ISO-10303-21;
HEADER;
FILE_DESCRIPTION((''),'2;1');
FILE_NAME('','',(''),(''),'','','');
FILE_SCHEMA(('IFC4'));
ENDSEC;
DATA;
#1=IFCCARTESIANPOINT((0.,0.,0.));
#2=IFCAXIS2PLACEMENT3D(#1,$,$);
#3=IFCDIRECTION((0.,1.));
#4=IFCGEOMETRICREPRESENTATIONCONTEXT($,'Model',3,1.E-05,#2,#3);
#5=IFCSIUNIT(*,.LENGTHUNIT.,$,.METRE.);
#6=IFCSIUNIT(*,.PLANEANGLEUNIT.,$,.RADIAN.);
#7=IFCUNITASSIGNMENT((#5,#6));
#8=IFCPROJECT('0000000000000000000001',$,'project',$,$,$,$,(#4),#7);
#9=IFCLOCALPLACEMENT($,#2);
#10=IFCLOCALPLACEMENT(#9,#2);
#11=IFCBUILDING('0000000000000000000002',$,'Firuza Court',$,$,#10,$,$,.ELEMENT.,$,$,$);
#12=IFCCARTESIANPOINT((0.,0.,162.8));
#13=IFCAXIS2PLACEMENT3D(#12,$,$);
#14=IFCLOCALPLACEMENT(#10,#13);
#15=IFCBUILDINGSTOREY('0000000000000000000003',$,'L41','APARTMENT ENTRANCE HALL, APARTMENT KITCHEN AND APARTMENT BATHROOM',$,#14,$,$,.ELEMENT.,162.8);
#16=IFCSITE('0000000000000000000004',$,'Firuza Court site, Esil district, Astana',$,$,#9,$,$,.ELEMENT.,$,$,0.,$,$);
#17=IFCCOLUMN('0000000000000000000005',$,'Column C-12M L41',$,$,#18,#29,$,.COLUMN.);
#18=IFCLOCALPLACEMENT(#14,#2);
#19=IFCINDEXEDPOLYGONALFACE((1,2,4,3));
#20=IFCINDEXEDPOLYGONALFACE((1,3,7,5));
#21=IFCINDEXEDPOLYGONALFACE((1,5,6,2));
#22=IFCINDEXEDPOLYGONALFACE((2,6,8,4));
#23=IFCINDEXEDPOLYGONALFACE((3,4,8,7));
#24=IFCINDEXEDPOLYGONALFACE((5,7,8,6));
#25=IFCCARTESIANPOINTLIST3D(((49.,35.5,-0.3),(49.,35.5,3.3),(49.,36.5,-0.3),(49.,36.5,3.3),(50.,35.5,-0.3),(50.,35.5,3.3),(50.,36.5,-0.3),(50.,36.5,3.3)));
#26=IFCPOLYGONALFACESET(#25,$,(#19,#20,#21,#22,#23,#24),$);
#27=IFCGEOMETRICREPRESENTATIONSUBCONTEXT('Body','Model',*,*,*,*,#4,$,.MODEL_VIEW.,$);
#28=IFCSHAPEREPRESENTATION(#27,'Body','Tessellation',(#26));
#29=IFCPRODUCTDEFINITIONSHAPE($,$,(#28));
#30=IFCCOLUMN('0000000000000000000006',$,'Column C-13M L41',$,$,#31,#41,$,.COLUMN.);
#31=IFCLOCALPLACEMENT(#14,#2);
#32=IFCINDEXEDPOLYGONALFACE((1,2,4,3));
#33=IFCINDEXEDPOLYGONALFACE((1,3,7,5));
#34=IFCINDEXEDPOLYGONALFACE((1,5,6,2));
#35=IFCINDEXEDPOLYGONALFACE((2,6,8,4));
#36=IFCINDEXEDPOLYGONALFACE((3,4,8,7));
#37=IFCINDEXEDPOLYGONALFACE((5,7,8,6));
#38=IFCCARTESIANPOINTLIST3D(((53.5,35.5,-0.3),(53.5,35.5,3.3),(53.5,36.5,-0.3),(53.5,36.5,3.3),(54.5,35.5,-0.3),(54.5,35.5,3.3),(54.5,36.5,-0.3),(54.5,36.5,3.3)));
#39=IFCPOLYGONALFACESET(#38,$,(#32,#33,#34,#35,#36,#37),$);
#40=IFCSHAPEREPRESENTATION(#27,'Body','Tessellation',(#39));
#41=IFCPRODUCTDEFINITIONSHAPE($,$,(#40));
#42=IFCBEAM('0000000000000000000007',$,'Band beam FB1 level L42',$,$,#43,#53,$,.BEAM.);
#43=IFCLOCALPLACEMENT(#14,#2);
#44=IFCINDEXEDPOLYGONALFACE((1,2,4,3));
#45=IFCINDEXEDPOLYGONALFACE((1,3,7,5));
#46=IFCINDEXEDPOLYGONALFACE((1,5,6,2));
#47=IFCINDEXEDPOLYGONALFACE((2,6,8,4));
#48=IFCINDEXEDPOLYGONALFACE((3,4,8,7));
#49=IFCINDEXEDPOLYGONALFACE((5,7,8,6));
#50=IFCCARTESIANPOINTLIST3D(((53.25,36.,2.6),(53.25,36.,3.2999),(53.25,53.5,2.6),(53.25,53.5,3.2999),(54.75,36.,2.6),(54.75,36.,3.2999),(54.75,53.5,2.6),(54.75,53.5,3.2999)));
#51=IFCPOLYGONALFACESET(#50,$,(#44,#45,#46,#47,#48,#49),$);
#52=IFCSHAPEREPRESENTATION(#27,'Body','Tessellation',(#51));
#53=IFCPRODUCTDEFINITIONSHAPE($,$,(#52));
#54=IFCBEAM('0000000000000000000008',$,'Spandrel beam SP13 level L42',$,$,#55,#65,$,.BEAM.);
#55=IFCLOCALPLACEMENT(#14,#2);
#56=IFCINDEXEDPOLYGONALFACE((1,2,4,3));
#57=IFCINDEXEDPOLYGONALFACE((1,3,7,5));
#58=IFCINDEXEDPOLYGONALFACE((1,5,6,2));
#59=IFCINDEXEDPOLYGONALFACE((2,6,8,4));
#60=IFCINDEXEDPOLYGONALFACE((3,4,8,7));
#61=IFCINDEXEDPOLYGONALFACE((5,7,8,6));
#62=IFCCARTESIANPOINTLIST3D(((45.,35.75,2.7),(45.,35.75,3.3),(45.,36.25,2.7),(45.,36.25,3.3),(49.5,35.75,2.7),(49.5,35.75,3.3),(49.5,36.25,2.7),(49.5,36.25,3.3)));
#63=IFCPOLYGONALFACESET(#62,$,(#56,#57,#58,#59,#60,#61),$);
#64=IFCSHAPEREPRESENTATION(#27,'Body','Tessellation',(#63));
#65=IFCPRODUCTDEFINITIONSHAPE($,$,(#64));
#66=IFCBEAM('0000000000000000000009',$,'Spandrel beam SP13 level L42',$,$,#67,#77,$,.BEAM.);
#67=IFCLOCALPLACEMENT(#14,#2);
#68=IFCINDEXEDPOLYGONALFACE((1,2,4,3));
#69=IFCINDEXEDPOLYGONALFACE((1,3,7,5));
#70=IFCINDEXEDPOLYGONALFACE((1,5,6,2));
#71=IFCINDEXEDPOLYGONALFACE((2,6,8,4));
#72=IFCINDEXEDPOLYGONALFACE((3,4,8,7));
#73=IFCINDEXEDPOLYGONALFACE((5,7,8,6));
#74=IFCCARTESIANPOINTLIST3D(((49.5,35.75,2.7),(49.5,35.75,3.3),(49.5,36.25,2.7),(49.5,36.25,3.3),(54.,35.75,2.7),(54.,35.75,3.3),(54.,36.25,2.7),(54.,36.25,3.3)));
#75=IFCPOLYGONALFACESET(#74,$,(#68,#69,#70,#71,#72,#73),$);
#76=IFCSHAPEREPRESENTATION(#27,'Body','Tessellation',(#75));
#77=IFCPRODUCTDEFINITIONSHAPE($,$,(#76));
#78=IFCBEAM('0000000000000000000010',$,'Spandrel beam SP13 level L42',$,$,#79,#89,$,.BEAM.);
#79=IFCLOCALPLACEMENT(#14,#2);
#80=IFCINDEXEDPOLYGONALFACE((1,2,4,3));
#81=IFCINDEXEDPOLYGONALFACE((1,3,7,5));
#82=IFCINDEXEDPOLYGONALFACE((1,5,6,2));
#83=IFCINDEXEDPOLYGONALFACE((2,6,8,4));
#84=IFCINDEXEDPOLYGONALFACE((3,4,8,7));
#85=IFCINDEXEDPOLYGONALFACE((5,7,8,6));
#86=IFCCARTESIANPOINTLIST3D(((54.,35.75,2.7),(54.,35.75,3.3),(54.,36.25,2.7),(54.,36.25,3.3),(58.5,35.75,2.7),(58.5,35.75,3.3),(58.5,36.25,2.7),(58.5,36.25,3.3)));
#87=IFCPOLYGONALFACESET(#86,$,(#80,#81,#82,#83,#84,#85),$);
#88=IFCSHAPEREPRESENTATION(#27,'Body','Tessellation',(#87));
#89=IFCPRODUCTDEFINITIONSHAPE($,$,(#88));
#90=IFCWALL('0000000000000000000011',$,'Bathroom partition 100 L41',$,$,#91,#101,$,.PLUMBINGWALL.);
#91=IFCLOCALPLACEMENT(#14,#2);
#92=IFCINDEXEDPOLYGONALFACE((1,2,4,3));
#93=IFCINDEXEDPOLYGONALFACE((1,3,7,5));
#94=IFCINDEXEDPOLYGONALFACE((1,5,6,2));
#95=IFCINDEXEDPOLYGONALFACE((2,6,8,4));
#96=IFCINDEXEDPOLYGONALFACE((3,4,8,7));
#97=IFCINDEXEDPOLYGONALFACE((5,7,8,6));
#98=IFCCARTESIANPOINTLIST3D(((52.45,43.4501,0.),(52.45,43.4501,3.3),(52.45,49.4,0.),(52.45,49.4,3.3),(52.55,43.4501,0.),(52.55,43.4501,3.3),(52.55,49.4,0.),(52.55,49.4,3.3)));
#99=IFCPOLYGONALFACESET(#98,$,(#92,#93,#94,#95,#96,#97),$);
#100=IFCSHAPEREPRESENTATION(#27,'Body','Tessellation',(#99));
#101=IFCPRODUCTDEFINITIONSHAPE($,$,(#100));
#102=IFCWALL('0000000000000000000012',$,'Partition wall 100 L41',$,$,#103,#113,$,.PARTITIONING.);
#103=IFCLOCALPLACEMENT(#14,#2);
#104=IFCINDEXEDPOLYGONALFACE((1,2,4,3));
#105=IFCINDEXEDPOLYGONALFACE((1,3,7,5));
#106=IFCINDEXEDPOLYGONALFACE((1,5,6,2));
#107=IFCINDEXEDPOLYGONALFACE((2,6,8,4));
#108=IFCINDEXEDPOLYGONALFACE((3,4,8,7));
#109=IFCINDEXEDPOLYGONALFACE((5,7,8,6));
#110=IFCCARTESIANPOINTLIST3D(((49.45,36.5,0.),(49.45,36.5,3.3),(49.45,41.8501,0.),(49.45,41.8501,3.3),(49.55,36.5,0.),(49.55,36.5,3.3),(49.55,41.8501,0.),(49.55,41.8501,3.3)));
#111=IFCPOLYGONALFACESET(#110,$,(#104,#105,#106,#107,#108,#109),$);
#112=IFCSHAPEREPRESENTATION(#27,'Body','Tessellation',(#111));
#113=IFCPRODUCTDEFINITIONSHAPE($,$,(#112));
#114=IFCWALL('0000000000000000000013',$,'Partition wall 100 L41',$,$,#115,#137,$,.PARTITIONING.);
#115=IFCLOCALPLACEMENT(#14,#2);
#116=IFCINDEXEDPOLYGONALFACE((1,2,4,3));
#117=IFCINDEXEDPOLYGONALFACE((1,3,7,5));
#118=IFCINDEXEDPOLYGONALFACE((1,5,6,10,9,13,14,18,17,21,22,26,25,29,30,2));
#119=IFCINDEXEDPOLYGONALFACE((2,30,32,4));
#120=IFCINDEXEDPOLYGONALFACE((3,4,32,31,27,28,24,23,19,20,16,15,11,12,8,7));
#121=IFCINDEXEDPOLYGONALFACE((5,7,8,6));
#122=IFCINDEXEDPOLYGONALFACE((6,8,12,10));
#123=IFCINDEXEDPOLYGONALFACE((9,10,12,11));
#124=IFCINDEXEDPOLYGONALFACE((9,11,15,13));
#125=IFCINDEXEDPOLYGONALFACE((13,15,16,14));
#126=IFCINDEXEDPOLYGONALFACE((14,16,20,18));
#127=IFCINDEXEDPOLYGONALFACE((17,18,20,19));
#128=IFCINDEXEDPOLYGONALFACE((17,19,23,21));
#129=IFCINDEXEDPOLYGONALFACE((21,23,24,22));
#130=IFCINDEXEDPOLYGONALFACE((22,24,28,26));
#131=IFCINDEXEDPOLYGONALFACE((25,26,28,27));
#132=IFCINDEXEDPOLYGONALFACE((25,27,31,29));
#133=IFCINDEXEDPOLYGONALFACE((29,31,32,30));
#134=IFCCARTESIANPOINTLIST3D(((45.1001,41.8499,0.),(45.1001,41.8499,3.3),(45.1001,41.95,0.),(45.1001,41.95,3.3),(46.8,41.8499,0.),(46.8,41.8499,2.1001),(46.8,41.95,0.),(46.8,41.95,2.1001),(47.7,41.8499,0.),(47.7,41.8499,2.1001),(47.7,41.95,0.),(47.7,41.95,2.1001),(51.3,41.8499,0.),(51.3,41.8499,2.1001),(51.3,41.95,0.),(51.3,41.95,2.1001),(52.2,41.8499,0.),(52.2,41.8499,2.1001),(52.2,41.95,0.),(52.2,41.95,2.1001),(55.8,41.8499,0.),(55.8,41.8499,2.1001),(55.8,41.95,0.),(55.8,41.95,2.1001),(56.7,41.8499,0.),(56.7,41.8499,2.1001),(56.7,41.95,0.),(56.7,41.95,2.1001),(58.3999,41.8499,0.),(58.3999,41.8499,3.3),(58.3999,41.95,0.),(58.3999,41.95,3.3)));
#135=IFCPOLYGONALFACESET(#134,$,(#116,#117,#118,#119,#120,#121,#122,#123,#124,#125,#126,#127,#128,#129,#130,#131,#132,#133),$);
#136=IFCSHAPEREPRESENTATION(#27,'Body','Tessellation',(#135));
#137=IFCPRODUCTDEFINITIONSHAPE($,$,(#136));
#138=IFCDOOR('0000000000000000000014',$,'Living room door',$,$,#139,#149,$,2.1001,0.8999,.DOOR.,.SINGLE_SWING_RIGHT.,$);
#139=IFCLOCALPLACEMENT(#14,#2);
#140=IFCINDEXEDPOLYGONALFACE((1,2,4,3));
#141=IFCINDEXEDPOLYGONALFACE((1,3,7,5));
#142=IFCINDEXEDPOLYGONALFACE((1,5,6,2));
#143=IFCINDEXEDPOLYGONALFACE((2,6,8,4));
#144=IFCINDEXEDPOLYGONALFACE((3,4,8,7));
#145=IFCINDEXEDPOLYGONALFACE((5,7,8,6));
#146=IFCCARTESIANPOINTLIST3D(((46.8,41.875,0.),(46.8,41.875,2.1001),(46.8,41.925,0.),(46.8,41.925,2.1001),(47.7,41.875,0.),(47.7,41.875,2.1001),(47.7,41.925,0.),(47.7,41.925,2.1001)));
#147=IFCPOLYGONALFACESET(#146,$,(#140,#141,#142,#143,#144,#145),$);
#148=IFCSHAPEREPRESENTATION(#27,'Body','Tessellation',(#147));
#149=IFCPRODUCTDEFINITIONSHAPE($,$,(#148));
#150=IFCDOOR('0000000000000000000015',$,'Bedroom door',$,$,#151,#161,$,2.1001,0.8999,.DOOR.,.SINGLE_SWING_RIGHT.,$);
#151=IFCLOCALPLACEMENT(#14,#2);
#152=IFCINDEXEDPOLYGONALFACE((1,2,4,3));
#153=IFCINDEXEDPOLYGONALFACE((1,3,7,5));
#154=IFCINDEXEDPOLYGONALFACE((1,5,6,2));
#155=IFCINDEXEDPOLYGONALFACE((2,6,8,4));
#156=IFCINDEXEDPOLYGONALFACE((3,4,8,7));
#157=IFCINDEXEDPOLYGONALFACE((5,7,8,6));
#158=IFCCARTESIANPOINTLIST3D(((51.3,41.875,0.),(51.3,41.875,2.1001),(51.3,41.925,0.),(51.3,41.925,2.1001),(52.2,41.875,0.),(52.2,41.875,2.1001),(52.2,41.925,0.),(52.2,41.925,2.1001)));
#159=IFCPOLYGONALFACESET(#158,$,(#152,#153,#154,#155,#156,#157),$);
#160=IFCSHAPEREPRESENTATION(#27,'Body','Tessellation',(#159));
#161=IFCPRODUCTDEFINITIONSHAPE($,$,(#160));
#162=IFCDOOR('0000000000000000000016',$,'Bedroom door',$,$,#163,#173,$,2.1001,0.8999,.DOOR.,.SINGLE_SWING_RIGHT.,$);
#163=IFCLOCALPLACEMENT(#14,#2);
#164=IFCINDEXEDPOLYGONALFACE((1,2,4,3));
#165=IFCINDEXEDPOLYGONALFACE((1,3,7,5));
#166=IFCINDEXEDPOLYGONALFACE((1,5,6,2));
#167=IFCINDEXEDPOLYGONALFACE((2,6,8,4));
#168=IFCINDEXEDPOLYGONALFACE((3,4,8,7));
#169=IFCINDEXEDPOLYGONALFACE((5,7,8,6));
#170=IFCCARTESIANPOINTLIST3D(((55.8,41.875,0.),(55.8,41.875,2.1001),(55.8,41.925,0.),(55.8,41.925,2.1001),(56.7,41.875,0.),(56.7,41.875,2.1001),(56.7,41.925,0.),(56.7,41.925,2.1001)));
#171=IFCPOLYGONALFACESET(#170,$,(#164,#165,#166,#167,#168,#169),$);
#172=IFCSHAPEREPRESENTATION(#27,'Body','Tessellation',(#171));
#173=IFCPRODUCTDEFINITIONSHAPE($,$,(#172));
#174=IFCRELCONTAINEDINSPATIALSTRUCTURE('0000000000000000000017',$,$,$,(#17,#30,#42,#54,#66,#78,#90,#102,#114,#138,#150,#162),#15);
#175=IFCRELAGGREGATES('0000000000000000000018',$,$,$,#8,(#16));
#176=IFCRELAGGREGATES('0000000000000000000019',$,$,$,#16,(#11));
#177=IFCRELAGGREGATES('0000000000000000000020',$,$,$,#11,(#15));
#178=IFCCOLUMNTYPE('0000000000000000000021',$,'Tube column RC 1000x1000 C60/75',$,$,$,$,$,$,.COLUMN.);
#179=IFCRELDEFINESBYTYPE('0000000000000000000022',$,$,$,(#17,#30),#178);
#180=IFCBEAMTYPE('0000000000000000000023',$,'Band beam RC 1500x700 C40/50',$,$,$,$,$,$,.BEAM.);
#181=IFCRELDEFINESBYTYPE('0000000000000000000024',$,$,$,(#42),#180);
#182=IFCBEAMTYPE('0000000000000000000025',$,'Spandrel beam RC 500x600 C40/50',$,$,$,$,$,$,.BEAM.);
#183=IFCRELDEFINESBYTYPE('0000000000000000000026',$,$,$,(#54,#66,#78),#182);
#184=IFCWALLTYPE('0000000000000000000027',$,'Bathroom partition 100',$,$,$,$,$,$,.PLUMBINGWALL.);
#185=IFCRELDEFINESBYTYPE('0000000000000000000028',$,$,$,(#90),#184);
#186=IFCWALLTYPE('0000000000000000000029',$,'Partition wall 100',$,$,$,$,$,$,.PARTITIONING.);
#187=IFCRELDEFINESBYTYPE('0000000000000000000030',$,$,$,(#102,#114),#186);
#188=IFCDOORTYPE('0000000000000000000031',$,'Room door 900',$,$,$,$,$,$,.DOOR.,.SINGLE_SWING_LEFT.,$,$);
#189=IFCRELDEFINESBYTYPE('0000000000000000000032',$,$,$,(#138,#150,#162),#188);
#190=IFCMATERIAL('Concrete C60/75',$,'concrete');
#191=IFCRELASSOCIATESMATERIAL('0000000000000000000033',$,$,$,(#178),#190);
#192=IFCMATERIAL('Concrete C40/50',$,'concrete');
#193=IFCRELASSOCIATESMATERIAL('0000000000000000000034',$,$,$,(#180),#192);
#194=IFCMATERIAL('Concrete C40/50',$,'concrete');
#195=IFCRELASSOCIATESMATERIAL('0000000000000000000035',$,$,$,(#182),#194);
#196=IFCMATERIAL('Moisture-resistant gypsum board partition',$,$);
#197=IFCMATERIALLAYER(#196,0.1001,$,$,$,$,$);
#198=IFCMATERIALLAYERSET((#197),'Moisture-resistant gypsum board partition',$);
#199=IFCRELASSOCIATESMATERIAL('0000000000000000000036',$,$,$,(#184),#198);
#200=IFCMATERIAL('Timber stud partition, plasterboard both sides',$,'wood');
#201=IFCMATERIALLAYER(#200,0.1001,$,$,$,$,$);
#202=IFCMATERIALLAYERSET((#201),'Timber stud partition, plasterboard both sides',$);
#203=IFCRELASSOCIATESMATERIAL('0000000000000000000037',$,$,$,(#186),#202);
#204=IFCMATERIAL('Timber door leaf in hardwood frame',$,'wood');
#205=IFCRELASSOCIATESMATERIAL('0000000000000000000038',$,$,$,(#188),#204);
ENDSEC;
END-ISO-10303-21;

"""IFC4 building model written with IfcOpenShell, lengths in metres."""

from ifc_helpers import new_model, si_unit, direction, frame, frame_2d, origin, origin_2d, place, context, subcontext, project, spatial, rectangle, extrude, material, layer, layer_set, material_profile, profile_set, type_object, element, fill, save


model = new_model("IFC4")

# Units and contexts
model_context = context("Model", 3, precision=1e-05, world=origin(), true_north=direction((0.0, 1.0)))
body_context = subcontext(model_context, "Body", "Model", "MODEL_VIEW")
ifc_project = project(units=[si_unit("LENGTHUNIT", "METRE"), si_unit("PLANEANGLEUNIT", "RADIAN")], contexts=[model_context])

# Site, building, storey
site_placement = place(None, origin())
site = spatial("IfcSite", under=ifc_project, at=site_placement, Name="Firuza Court site, Esil district, Astana", CompositionType="ELEMENT", RefElevation=0.0)
building_placement = place(site_placement, origin())
building = spatial("IfcBuilding", under=site, at=building_placement, Name="Firuza Court", CompositionType="ELEMENT")
storey_placement = place(building_placement, frame((0.0, 0.0, 162.8)))
storey = spatial("IfcBuildingStorey", under=building, at=storey_placement, Name="L41", Description="APARTMENT ENTRANCE HALL, APARTMENT KITCHEN AND APARTMENT BATHROOM", CompositionType="ELEMENT", Elevation=162.8)

# Columns
ifc_material_1 = material(Name="Concrete C60/75", Category="concrete")
ifc_material_profile_1 = material_profile(ifc_material_1, rectangle(XDim=1.0, YDim=1.0, at=origin_2d()), Name="RC 1000x1000")
ifc_profile_set_1 = profile_set([ifc_material_profile_1], Name="Concrete C60/75")
column_type = type_object("IfcColumnType", Name="Tube column RC 1000x1000 C60/75", PredefinedType="COLUMN", material=ifc_profile_set_1)
for number, where, z_axis, x_axis, name in (
    (1, (49.5, 36.0, -0.3), (0.0, 0.0, 1.0), (1.0, 0.0, 0.0), "Column C-12M L41"),
    (2, (54.0, 36.0, -0.3), (0.0, 0.0, 1.0), (1.0, 0.0, 0.0), "Column C-13M L41"),
):
    element("IfcColumn", number, at=place(storey_placement, frame(where, z_axis=z_axis, x_axis=x_axis)), inside=storey, type_object=column_type, Name=name, PredefinedType="COLUMN", context=body_context, shape_type="SweptSolid", body=[
        extrude(rectangle(XDim=1.0, YDim=1.0, at=origin_2d()), origin(), (0.0, 0.0, 1.0), 3.6001),
    ])

# Beams
ifc_material_2 = material(Name="Concrete C40/50", Category="concrete")
ifc_material_profile_2 = material_profile(ifc_material_2, rectangle(XDim=1.5, YDim=0.7, at=origin_2d()), Name="RC 1500x700")
ifc_profile_set_2 = profile_set([ifc_material_profile_2], Name="Concrete C40/50")
beam_type_1 = type_object("IfcBeamType", Name="Band beam RC 1500x700 C40/50", PredefinedType="BEAM", material=ifc_profile_set_2)
beam_placement = place(storey_placement, frame((54.0, 36.0, 2.95), z_axis=(0.0, 1.0, 0.0), x_axis=(-1.0, 0.0, 0.0)))
element("IfcBeam", 3, at=beam_placement, inside=storey, type_object=beam_type_1, Name="Band beam FB1 level L42", PredefinedType="BEAM", context=body_context, shape_type="SweptSolid", body=[
    extrude(rectangle(XDim=1.5, YDim=0.7, at=origin_2d()), origin(), (0.0, 0.0, 1.0), 17.5),
])
ifc_material_3 = material(Name="Concrete C40/50", Category="concrete")
ifc_material_profile_3 = material_profile(ifc_material_3, rectangle(XDim=0.5, YDim=0.6001, at=origin_2d()), Name="RC 500x600")
ifc_profile_set_3 = profile_set([ifc_material_profile_3], Name="Concrete C40/50")
beam_type_2 = type_object("IfcBeamType", Name="Spandrel beam RC 500x600 C40/50", PredefinedType="BEAM", material=ifc_profile_set_3)
for number, where, z_axis, x_axis, name in (
    (4, (45.0, 36.0, 3.0), (1.0, 0.0, 0.0), (0.0, 1.0, 0.0), "Spandrel beam SP13 level L42"),
    (5, (49.5, 36.0, 3.0), (1.0, 0.0, 0.0), (0.0, 1.0, 0.0), "Spandrel beam SP13 level L42"),
    (6, (54.0, 36.0, 3.0), (1.0, 0.0, 0.0), (0.0, 1.0, 0.0), "Spandrel beam SP13 level L42"),
):
    element("IfcBeam", number, at=place(storey_placement, frame(where, z_axis=z_axis, x_axis=x_axis)), inside=storey, type_object=beam_type_2, Name=name, PredefinedType="BEAM", context=body_context, shape_type="SweptSolid", body=[
        extrude(rectangle(XDim=0.5, YDim=0.6001, at=origin_2d()), origin(), (0.0, 0.0, 1.0), 4.5),
    ])

# Walls
ifc_material_4 = material(Name="Moisture-resistant gypsum board partition")
ifc_layer_1 = layer(ifc_material_4, 0.1001)
ifc_layer_set_1 = layer_set([ifc_layer_1], Name="Moisture-resistant gypsum board partition")
wall_type_1 = type_object("IfcWallType", Name="Bathroom partition 100", PredefinedType="PLUMBINGWALL", material=ifc_layer_set_1)
wall_1_placement = place(storey_placement, frame((52.5, 43.45, 0.0), z_axis=(0.0, 0.0, 1.0), x_axis=(0.0, 1.0, 0.0)))
element("IfcWall", 7, at=wall_1_placement, inside=storey, type_object=wall_type_1, Name="Bathroom partition 100 L41", PredefinedType="PLUMBINGWALL", context=body_context, shape_type="SweptSolid", body=[
    extrude(rectangle(XDim=5.95, YDim=0.1001, at=frame_2d((2.9751, 0.0))), origin(), (0.0, 0.0, 1.0), 3.3),
])
ifc_material_5 = material(Name="Timber stud partition, plasterboard both sides", Category="wood")
ifc_layer_2 = layer(ifc_material_5, 0.1001)
ifc_layer_set_2 = layer_set([ifc_layer_2], Name="Timber stud partition, plasterboard both sides")
wall_type_2 = type_object("IfcWallType", Name="Partition wall 100", PredefinedType="PARTITIONING", material=ifc_layer_set_2)
wall_2_placement = place(storey_placement, frame((49.5, 36.5, 0.0), z_axis=(0.0, 0.0, 1.0), x_axis=(0.0, 1.0, 0.0)))
element("IfcWall", 8, at=wall_2_placement, inside=storey, type_object=wall_type_2, Name="Partition wall 100 L41", PredefinedType="PARTITIONING", context=body_context, shape_type="SweptSolid", body=[
    extrude(rectangle(XDim=5.3501, YDim=0.1001, at=frame_2d((2.675, 0.0))), origin(), (0.0, 0.0, 1.0), 3.3),
])

# Wall, openings, doors
wall_3_placement = place(storey_placement, frame((45.1001, 41.8999, 0.0), z_axis=(0.0, 0.0, 1.0), x_axis=(1.0, 0.0, 0.0)))
wall_3 = element("IfcWall", 9, at=wall_3_placement, inside=storey, type_object=wall_type_2, Name="Partition wall 100 L41", PredefinedType="PARTITIONING", context=body_context, shape_type="SweptSolid", body=[
    extrude(rectangle(XDim=13.2998, YDim=0.1001, at=frame_2d((6.6499, 0.0))), origin(), (0.0, 0.0, 1.0), 3.3),
])
opening_1_placement = place(wall_3_placement, frame((1.7, 0.0, 0.0)))
opening_1 = element("IfcOpeningElement", 10, at=opening_1_placement, cuts=wall_3, PredefinedType="OPENING", context=body_context, shape_type="SweptSolid", body=[
    extrude(rectangle(XDim=0.8999, YDim=2.1001, at=frame_2d((0.45, 1.05))), frame((0.0, 0.062, 0.0), z_axis=(0.0, -1.0, 0.0), x_axis=(1.0, 0.0, 0.0)), (0.0, 0.0, 1.0), 0.124),
])
opening_2_placement = place(wall_3_placement, frame((6.2, 0.0, 0.0)))
opening_2 = element("IfcOpeningElement", 11, at=opening_2_placement, cuts=wall_3, PredefinedType="OPENING", context=body_context, shape_type="SweptSolid", body=[
    extrude(rectangle(XDim=0.8999, YDim=2.1001, at=frame_2d((0.45, 1.05))), frame((0.0, 0.062, 0.0), z_axis=(0.0, -1.0, 0.0), x_axis=(1.0, 0.0, 0.0)), (0.0, 0.0, 1.0), 0.124),
])
opening_3_placement = place(wall_3_placement, frame((10.7, 0.0, 0.0)))
opening_3 = element("IfcOpeningElement", 12, at=opening_3_placement, cuts=wall_3, PredefinedType="OPENING", context=body_context, shape_type="SweptSolid", body=[
    extrude(rectangle(XDim=0.8999, YDim=2.1001, at=frame_2d((0.45, 1.05))), frame((0.0, 0.062, 0.0), z_axis=(0.0, -1.0, 0.0), x_axis=(1.0, 0.0, 0.0)), (0.0, 0.0, 1.0), 0.124),
])
ifc_material_6 = material(Name="Timber door leaf in hardwood frame", Category="wood")
door_type_1 = type_object("IfcDoorType", Name="Room door 900", OperationType="SINGLE_SWING_LEFT", PredefinedType="DOOR", material=ifc_material_6)
door_1_placement = place(opening_1_placement, frame((0.8999, 0.0, 0.0), z_axis=(0.0, 0.0, 1.0), x_axis=(-1.0, 0.0, 0.0)))
door_1 = element("IfcDoor", 13, at=door_1_placement, inside=storey, type_object=door_type_1, Name="Living room door", OperationType="SINGLE_SWING_RIGHT", OverallHeight=2.1001, OverallWidth=0.8999, PredefinedType="DOOR", context=body_context, shape_type="SweptSolid", body=[
    extrude(rectangle(XDim=0.8999, YDim=2.1001, at=frame_2d((0.45, 1.05))), frame((0.0, 0.0249, 0.0), z_axis=(0.0, -1.0, 0.0), x_axis=(1.0, 0.0, 0.0)), (0.0, 0.0, 1.0), 0.05),
])
fill(opening_1, door_1)
door_2_placement = place(opening_2_placement, frame((0.8999, 0.0, 0.0), z_axis=(0.0, 0.0, 1.0), x_axis=(-1.0, 0.0, 0.0)))
door_2 = element("IfcDoor", 14, at=door_2_placement, inside=storey, type_object=door_type_1, Name="Bedroom door", OperationType="SINGLE_SWING_RIGHT", OverallHeight=2.1001, OverallWidth=0.8999, PredefinedType="DOOR", context=body_context, shape_type="SweptSolid", body=[
    extrude(rectangle(XDim=0.8999, YDim=2.1001, at=frame_2d((0.45, 1.05))), frame((0.0, 0.0249, 0.0), z_axis=(0.0, -1.0, 0.0), x_axis=(1.0, 0.0, 0.0)), (0.0, 0.0, 1.0), 0.05),
])
fill(opening_2, door_2)
door_3_placement = place(opening_3_placement, frame((0.8999, 0.0, 0.0), z_axis=(0.0, 0.0, 1.0), x_axis=(-1.0, 0.0, 0.0)))
door_3 = element("IfcDoor", 15, at=door_3_placement, inside=storey, type_object=door_type_1, Name="Bedroom door", OperationType="SINGLE_SWING_RIGHT", OverallHeight=2.1001, OverallWidth=0.8999, PredefinedType="DOOR", context=body_context, shape_type="SweptSolid", body=[
    extrude(rectangle(XDim=0.8999, YDim=2.1001, at=frame_2d((0.45, 1.05))), frame((0.0, 0.0249, 0.0), z_axis=(0.0, -1.0, 0.0), x_axis=(1.0, 0.0, 0.0)), (0.0, 0.0, 1.0), 0.05),
])
fill(opening_3, door_3)

save(model, "model.ifc")
